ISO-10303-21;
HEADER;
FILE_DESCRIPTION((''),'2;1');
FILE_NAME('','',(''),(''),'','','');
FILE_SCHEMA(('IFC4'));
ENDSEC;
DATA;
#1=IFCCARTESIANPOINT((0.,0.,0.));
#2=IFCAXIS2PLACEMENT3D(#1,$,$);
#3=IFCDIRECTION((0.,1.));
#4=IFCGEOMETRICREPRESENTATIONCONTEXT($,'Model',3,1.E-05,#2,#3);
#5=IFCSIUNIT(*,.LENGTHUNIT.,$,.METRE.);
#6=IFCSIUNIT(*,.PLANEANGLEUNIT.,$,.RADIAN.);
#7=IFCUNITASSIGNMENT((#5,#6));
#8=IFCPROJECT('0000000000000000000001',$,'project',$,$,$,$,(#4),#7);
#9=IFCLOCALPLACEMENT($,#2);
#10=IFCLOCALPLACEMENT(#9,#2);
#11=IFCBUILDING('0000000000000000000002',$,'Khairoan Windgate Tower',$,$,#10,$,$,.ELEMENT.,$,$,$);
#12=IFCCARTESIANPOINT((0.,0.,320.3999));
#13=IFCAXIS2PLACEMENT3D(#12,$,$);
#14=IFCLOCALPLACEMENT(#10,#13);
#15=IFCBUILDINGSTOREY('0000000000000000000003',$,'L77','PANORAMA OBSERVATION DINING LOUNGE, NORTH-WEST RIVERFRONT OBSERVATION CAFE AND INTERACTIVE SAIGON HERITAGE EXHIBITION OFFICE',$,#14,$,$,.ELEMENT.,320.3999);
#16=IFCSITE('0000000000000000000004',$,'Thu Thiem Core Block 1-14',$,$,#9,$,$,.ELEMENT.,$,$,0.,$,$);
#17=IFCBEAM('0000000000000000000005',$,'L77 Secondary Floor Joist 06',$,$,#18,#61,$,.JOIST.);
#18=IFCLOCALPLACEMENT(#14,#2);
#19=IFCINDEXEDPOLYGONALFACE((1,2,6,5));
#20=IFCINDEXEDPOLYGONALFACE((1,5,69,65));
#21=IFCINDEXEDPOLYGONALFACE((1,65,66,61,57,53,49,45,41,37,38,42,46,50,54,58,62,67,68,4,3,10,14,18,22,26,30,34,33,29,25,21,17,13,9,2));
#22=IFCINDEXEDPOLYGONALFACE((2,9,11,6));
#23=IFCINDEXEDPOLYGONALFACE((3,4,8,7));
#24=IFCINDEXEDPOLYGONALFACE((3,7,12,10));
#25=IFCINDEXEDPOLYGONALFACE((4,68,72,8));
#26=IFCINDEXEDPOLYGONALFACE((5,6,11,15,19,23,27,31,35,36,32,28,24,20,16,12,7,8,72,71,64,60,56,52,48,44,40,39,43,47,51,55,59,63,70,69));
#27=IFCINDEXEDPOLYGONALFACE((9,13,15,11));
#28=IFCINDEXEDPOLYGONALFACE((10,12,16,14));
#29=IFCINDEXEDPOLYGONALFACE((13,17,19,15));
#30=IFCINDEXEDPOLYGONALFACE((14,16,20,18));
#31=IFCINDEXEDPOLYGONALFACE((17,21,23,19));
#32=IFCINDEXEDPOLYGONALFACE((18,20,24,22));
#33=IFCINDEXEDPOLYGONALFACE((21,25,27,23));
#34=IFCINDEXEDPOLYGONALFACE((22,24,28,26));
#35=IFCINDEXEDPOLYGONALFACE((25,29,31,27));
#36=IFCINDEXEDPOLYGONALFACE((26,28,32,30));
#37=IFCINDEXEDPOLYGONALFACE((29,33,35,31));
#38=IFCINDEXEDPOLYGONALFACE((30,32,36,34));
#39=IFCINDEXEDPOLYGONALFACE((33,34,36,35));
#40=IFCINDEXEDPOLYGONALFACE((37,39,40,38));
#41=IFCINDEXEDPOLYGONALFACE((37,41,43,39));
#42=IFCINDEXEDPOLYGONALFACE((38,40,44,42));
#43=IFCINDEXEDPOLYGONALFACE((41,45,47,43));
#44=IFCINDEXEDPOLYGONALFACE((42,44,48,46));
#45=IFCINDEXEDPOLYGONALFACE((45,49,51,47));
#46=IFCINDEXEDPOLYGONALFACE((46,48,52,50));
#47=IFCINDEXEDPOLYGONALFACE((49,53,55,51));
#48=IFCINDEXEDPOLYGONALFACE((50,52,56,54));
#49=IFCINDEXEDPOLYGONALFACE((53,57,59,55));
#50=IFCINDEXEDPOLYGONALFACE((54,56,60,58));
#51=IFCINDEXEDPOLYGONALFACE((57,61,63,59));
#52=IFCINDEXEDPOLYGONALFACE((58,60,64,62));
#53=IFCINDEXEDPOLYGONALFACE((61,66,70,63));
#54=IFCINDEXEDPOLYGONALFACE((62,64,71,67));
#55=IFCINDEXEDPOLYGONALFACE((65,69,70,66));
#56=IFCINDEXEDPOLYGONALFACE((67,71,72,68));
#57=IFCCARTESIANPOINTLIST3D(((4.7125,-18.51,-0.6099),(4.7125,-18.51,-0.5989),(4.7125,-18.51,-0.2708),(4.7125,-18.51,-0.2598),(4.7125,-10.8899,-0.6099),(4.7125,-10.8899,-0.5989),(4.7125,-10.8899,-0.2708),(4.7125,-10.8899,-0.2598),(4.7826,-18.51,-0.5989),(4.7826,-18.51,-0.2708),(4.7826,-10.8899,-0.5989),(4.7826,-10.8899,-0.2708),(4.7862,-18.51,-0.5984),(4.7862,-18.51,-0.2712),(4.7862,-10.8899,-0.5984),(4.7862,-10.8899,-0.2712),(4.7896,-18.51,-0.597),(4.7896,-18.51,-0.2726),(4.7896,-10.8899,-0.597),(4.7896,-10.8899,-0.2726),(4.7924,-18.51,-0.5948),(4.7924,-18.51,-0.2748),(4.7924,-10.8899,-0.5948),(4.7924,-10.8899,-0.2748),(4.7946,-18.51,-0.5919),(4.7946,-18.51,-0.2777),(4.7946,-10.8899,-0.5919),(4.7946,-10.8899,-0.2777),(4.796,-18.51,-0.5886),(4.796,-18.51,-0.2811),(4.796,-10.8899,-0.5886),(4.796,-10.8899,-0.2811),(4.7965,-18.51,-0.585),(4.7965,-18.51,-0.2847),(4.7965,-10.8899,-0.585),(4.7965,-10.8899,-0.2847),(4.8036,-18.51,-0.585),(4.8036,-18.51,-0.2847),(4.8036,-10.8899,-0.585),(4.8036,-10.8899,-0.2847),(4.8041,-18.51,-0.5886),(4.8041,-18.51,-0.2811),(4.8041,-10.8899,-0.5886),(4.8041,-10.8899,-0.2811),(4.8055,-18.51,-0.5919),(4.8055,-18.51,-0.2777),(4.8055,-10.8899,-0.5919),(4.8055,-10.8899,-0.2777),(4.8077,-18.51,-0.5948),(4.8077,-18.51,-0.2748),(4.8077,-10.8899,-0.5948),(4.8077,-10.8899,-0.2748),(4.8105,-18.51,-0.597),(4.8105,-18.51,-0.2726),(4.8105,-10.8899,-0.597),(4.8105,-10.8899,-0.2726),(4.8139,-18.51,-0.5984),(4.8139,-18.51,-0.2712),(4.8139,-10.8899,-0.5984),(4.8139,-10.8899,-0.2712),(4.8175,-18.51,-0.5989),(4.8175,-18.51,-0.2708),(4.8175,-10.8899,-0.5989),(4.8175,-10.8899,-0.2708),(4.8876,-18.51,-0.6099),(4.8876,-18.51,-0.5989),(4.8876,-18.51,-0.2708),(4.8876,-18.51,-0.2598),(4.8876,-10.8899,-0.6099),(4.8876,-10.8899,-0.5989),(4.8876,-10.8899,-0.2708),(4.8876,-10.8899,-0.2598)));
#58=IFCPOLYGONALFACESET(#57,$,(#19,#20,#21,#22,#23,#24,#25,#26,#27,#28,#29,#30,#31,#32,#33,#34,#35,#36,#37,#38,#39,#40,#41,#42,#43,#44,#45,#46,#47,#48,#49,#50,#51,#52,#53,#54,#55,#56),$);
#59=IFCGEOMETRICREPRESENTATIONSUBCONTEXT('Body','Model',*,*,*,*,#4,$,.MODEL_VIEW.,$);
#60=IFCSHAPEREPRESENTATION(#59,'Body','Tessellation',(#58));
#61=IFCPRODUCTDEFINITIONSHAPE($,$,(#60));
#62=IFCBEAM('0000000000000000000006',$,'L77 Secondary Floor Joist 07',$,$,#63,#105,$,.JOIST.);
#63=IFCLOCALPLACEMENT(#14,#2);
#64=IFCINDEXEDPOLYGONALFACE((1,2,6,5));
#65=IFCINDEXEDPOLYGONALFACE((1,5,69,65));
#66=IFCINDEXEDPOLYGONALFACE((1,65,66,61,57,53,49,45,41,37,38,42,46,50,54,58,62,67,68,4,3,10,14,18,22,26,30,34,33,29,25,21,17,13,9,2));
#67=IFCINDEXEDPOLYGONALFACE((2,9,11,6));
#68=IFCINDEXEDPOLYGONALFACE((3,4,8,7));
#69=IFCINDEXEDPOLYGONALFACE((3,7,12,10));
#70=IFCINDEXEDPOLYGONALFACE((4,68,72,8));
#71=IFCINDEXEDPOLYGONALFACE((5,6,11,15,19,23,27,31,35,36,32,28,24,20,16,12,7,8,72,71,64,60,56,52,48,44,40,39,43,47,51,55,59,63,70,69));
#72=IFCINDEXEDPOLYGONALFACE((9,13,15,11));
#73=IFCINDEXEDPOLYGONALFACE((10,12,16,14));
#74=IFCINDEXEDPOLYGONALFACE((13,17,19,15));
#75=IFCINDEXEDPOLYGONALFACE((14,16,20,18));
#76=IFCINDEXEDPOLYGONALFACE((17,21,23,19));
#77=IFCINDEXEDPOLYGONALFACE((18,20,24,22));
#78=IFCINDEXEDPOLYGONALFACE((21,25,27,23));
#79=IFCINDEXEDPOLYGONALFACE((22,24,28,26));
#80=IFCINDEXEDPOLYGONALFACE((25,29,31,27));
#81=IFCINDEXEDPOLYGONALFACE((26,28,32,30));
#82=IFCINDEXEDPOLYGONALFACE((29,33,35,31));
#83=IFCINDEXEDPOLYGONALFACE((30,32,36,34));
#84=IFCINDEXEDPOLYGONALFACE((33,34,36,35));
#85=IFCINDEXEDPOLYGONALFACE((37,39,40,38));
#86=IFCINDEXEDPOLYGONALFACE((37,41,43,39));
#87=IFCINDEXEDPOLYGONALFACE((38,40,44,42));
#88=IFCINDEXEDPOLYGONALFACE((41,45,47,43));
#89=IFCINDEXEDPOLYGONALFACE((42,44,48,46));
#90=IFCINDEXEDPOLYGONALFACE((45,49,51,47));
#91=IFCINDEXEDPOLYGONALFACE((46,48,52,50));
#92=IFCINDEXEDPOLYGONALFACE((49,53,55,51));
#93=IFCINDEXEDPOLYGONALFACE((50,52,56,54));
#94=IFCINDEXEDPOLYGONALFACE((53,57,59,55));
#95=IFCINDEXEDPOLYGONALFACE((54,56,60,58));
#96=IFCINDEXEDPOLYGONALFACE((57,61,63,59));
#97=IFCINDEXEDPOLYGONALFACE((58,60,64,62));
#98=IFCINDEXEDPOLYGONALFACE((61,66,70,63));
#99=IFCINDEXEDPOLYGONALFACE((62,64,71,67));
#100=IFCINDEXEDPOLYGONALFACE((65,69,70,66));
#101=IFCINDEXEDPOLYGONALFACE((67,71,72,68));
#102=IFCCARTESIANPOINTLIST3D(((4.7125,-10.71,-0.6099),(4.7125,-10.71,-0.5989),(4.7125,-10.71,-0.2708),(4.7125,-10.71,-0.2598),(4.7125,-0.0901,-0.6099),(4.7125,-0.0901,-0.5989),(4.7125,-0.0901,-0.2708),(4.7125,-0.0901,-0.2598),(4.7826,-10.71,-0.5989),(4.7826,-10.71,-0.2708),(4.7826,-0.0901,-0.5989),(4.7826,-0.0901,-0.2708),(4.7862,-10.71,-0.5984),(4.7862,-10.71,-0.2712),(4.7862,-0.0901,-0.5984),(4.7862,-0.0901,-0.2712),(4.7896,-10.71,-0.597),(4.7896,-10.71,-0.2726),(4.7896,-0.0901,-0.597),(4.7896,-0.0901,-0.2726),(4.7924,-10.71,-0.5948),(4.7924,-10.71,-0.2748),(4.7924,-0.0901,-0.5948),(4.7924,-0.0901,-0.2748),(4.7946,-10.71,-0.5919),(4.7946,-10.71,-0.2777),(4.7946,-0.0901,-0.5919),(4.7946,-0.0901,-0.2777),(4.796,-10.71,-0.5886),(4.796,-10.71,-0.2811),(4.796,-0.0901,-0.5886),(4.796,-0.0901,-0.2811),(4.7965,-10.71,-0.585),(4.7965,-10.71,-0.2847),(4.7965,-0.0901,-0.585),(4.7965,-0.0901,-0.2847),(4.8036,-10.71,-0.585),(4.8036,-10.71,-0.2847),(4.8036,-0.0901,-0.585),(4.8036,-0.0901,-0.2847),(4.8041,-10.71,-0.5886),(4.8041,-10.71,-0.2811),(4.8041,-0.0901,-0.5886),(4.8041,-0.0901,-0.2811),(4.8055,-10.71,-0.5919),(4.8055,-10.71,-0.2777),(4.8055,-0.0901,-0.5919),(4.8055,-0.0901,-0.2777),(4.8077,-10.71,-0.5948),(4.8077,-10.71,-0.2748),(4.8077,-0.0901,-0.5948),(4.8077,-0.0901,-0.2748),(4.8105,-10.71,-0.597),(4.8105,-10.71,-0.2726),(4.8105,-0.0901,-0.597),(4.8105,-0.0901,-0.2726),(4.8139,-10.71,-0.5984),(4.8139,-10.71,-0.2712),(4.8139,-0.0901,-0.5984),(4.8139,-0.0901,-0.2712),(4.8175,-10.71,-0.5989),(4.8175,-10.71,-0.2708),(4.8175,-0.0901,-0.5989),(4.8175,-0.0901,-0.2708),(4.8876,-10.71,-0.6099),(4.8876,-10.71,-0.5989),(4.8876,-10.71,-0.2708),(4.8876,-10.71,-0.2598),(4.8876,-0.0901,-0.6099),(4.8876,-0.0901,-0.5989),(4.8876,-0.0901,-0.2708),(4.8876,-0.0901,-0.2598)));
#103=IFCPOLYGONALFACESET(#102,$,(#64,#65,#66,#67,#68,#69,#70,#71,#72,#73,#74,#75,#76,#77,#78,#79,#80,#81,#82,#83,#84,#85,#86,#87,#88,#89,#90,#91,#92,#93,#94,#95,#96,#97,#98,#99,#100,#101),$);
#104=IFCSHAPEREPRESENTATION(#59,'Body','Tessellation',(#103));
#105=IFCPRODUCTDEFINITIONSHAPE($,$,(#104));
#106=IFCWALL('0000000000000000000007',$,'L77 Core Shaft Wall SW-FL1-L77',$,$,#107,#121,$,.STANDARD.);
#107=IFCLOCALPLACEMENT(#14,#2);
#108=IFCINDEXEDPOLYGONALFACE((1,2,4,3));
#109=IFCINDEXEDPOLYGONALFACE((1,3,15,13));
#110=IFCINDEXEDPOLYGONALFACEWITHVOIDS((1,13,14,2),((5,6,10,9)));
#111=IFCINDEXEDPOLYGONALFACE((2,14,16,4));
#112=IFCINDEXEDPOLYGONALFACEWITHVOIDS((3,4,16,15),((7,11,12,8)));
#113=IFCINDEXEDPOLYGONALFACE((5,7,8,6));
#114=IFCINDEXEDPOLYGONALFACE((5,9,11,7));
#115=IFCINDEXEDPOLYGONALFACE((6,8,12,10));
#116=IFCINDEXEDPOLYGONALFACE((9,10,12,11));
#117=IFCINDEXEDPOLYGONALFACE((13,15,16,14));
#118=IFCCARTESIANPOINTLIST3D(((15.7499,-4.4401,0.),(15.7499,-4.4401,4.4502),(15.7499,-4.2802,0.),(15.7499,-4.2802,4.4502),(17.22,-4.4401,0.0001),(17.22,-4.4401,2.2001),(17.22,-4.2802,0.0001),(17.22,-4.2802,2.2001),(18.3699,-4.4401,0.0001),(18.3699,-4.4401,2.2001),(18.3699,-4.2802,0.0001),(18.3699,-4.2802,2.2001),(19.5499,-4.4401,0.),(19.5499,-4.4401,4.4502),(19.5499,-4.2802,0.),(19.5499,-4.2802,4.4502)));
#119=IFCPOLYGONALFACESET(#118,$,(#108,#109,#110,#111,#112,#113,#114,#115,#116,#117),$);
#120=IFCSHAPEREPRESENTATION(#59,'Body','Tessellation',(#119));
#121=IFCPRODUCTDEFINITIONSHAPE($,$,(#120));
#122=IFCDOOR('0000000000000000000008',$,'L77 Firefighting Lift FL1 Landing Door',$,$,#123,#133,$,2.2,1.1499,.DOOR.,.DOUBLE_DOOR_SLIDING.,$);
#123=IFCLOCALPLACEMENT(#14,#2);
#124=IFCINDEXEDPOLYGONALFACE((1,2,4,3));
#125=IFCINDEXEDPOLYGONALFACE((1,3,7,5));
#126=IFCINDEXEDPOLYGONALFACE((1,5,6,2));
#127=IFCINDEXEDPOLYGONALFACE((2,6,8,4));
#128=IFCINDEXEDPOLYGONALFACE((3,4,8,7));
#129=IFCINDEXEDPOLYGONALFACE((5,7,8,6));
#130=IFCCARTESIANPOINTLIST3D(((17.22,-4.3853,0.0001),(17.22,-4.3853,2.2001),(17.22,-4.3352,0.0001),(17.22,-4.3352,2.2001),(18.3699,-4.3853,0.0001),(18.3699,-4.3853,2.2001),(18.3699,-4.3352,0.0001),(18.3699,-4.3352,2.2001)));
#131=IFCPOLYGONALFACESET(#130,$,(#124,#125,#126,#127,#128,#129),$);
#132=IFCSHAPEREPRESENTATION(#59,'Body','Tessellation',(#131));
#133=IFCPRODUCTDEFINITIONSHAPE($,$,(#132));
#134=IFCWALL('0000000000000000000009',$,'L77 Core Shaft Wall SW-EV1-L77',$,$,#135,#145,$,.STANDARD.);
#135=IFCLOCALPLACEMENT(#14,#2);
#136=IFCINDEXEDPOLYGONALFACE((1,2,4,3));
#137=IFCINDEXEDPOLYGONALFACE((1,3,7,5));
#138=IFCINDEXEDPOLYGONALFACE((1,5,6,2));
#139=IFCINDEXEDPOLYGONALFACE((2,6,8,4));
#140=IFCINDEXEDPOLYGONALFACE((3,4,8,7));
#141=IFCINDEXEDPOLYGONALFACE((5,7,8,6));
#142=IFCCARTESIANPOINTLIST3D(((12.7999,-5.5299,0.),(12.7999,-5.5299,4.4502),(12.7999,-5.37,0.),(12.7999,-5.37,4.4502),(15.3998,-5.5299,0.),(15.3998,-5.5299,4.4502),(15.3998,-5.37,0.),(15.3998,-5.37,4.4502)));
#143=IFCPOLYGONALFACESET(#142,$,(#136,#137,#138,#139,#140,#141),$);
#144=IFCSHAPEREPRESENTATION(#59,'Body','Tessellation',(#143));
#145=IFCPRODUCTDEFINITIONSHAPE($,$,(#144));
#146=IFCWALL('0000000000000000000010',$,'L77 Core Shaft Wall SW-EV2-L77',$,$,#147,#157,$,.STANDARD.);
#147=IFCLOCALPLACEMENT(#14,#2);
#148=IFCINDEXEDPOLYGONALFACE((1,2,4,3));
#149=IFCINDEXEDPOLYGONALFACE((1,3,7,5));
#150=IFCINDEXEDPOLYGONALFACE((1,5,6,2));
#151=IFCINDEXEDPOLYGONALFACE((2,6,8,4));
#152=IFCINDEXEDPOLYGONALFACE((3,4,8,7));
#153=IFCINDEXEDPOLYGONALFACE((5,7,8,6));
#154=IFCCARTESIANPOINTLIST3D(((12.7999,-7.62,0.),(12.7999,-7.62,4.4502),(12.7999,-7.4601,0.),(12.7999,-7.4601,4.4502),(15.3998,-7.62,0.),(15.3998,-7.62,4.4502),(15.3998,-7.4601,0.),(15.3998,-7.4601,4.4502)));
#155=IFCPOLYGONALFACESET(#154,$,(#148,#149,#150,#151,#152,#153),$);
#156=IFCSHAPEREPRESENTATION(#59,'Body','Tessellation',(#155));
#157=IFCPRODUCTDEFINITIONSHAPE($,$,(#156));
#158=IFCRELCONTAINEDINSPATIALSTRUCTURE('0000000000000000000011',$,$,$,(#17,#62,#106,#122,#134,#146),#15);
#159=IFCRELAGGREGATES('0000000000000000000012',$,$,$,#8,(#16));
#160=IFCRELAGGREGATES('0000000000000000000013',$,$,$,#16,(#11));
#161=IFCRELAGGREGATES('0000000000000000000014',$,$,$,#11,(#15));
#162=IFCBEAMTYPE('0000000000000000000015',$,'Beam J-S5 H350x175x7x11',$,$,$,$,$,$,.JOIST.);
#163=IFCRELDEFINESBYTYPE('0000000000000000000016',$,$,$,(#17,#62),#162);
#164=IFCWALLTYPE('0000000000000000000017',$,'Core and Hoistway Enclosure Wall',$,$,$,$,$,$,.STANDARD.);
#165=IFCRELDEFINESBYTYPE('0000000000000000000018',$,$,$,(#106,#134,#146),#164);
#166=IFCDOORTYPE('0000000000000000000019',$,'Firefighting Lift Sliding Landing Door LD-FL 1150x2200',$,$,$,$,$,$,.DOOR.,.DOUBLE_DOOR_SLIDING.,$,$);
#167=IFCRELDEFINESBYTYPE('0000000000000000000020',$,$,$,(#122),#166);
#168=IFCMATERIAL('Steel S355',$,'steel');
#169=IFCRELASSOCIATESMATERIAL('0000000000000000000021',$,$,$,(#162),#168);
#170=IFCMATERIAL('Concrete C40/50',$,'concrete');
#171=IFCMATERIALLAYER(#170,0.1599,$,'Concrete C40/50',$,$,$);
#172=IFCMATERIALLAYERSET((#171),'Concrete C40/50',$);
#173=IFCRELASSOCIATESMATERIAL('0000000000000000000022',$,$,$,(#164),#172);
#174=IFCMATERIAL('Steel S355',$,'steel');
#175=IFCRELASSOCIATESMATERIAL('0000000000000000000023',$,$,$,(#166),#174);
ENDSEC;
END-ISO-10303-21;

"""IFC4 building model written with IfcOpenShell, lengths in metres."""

from ifc_helpers import new_model, si_unit, direction, frame, frame_2d, origin, origin_2d, place, context, subcontext, project, spatial, rectangle, i_section, extrude, material, layer, layer_set, material_profile, profile_set, type_object, element, fill, save


model = new_model("IFC4")

# Units and contexts
model_context = context("Model", 3, precision=1e-05, world=origin(), true_north=direction((0.0, 1.0)))
body_context = subcontext(model_context, "Body", "Model", "MODEL_VIEW")
ifc_project = project(units=[si_unit("LENGTHUNIT", "METRE"), si_unit("PLANEANGLEUNIT", "RADIAN")], contexts=[model_context])

# Site, building, storey
site_placement = place(None, origin())
site = spatial("IfcSite", under=ifc_project, at=site_placement, Name="Thu Thiem Core Block 1-14", CompositionType="ELEMENT", RefElevation=0.0)
building_placement = place(site_placement, origin())
building = spatial("IfcBuilding", under=site, at=building_placement, Name="Khairoan Windgate Tower", CompositionType="ELEMENT")
storey_placement = place(building_placement, frame((0.0, 0.0, 320.3999)))
storey = spatial("IfcBuildingStorey", under=building, at=storey_placement, Name="L77", Description="PANORAMA OBSERVATION DINING LOUNGE, NORTH-WEST RIVERFRONT OBSERVATION CAFE AND INTERACTIVE SAIGON HERITAGE EXHIBITION OFFICE", CompositionType="ELEMENT", Elevation=320.3999)

# Beams
ifc_material_1 = material(Name="Steel S355", Category="steel")
ifc_material_profile_1 = material_profile(ifc_material_1, i_section(OverallWidth=0.175, OverallDepth=0.3501, WebThickness=0.0071, FlangeThickness=0.011, FilletRadius=0.0139, at=origin_2d()))
ifc_profile_set_1 = profile_set([ifc_material_profile_1], Name="Steel S355")
beam_type_1 = type_object("IfcBeamType", Name="Beam J-S5 H350x175x7x11", PredefinedType="JOIST", material=ifc_profile_set_1)
beam_1_placement = place(storey_placement, frame((4.8, -18.51, -0.4348), z_axis=(0.0, 1.0, 0.0), x_axis=(-1.0, 0.0, 0.0)))
element("IfcBeam", 1, at=beam_1_placement, inside=storey, type_object=beam_type_1, Name="L77 Secondary Floor Joist 06", PredefinedType="JOIST", context=body_context, shape_type="SweptSolid", body=[
    extrude(i_section(OverallWidth=0.175, OverallDepth=0.3501, WebThickness=0.0071, FlangeThickness=0.011, FilletRadius=0.0139, at=origin_2d()), origin(), (0.0, 0.0, 1.0), 7.6201),
])
beam_2_placement = place(storey_placement, frame((4.8, -10.71, -0.4348), z_axis=(0.0, 1.0, 0.0), x_axis=(-1.0, 0.0, 0.0)))
element("IfcBeam", 2, at=beam_2_placement, inside=storey, type_object=beam_type_1, Name="L77 Secondary Floor Joist 07", PredefinedType="JOIST", context=body_context, shape_type="SweptSolid", body=[
    extrude(i_section(OverallWidth=0.175, OverallDepth=0.3501, WebThickness=0.0071, FlangeThickness=0.011, FilletRadius=0.0139, at=origin_2d()), origin(), (0.0, 0.0, 1.0), 10.6199),
])

# Wall, opening, door
ifc_material_2 = material(Name="Concrete C40/50", Category="concrete")
ifc_layer = layer(ifc_material_2, 0.1599, Name="Concrete C40/50")
ifc_layer_set = layer_set([ifc_layer], Name="Concrete C40/50")
wall_type = type_object("IfcWallType", Name="Core and Hoistway Enclosure Wall", PredefinedType="STANDARD", material=ifc_layer_set)
wall_placement = place(storey_placement, frame((15.75, -4.3601, 0.0), z_axis=(0.0, 0.0, 1.0), x_axis=(1.0, 0.0, 0.0)))
wall = element("IfcWall", 3, at=wall_placement, inside=storey, type_object=wall_type, Name="L77 Core Shaft Wall SW-FL1-L77", PredefinedType="STANDARD", context=body_context, shape_type="SweptSolid", body=[
    extrude(rectangle(XDim=3.8, YDim=0.1599, at=frame_2d((1.8999, 0.0))), origin(), (0.0, 0.0, 1.0), 4.4502),
])
opening_placement = place(wall_placement, frame((1.47, 0.0, 0.0)))
opening = element("IfcOpeningElement", 4, at=opening_placement, cuts=wall, PredefinedType="OPENING", context=body_context, shape_type="SweptSolid", body=[
    extrude(rectangle(XDim=1.1499, YDim=2.2, at=frame_2d((0.575, 1.1001))), frame((0.0, 0.0898, 0.0), z_axis=(0.0, -1.0, 0.0), x_axis=(1.0, 0.0, 0.0)), (0.0, 0.0, 1.0), 0.1799),
])
ifc_material_3 = material(Name="Steel S355", Category="steel")
door_type = type_object("IfcDoorType", Name="Firefighting Lift Sliding Landing Door LD-FL 1150x2200", OperationType="DOUBLE_DOOR_SLIDING", PredefinedType="DOOR", material=ifc_material_3)
door_placement = place(opening_placement, origin())
door = element("IfcDoor", 5, at=door_placement, inside=storey, type_object=door_type, Name="L77 Firefighting Lift FL1 Landing Door", OperationType="DOUBLE_DOOR_SLIDING", OverallHeight=2.2, OverallWidth=1.1499, PredefinedType="DOOR", context=body_context, shape_type="SweptSolid", body=[
    extrude(rectangle(XDim=1.1499, YDim=2.2, at=frame_2d((0.575, 1.1001))), frame((0.0, 0.0249, 0.0), z_axis=(0.0, -1.0, 0.0), x_axis=(1.0, 0.0, 0.0)), (0.0, 0.0, 1.0), 0.05),
])
fill(opening, door)

# Walls
for number, where, z_axis, x_axis, name in (
    (6, (12.8, -5.45, 0.0), (0.0, 0.0, 1.0), (1.0, 0.0, 0.0), "L77 Core Shaft Wall SW-EV1-L77"),
    (7, (12.8, -7.54, 0.0), (0.0, 0.0, 1.0), (1.0, 0.0, 0.0), "L77 Core Shaft Wall SW-EV2-L77"),
):
    element("IfcWall", number, at=place(storey_placement, frame(where, z_axis=z_axis, x_axis=x_axis)), inside=storey, type_object=wall_type, Name=name, PredefinedType="STANDARD", context=body_context, shape_type="SweptSolid", body=[
        extrude(rectangle(XDim=2.5999, YDim=0.1599, at=frame_2d((1.2998, 0.0))), origin(), (0.0, 0.0, 1.0), 4.4502),
    ])

save(model, "model.ifc")
